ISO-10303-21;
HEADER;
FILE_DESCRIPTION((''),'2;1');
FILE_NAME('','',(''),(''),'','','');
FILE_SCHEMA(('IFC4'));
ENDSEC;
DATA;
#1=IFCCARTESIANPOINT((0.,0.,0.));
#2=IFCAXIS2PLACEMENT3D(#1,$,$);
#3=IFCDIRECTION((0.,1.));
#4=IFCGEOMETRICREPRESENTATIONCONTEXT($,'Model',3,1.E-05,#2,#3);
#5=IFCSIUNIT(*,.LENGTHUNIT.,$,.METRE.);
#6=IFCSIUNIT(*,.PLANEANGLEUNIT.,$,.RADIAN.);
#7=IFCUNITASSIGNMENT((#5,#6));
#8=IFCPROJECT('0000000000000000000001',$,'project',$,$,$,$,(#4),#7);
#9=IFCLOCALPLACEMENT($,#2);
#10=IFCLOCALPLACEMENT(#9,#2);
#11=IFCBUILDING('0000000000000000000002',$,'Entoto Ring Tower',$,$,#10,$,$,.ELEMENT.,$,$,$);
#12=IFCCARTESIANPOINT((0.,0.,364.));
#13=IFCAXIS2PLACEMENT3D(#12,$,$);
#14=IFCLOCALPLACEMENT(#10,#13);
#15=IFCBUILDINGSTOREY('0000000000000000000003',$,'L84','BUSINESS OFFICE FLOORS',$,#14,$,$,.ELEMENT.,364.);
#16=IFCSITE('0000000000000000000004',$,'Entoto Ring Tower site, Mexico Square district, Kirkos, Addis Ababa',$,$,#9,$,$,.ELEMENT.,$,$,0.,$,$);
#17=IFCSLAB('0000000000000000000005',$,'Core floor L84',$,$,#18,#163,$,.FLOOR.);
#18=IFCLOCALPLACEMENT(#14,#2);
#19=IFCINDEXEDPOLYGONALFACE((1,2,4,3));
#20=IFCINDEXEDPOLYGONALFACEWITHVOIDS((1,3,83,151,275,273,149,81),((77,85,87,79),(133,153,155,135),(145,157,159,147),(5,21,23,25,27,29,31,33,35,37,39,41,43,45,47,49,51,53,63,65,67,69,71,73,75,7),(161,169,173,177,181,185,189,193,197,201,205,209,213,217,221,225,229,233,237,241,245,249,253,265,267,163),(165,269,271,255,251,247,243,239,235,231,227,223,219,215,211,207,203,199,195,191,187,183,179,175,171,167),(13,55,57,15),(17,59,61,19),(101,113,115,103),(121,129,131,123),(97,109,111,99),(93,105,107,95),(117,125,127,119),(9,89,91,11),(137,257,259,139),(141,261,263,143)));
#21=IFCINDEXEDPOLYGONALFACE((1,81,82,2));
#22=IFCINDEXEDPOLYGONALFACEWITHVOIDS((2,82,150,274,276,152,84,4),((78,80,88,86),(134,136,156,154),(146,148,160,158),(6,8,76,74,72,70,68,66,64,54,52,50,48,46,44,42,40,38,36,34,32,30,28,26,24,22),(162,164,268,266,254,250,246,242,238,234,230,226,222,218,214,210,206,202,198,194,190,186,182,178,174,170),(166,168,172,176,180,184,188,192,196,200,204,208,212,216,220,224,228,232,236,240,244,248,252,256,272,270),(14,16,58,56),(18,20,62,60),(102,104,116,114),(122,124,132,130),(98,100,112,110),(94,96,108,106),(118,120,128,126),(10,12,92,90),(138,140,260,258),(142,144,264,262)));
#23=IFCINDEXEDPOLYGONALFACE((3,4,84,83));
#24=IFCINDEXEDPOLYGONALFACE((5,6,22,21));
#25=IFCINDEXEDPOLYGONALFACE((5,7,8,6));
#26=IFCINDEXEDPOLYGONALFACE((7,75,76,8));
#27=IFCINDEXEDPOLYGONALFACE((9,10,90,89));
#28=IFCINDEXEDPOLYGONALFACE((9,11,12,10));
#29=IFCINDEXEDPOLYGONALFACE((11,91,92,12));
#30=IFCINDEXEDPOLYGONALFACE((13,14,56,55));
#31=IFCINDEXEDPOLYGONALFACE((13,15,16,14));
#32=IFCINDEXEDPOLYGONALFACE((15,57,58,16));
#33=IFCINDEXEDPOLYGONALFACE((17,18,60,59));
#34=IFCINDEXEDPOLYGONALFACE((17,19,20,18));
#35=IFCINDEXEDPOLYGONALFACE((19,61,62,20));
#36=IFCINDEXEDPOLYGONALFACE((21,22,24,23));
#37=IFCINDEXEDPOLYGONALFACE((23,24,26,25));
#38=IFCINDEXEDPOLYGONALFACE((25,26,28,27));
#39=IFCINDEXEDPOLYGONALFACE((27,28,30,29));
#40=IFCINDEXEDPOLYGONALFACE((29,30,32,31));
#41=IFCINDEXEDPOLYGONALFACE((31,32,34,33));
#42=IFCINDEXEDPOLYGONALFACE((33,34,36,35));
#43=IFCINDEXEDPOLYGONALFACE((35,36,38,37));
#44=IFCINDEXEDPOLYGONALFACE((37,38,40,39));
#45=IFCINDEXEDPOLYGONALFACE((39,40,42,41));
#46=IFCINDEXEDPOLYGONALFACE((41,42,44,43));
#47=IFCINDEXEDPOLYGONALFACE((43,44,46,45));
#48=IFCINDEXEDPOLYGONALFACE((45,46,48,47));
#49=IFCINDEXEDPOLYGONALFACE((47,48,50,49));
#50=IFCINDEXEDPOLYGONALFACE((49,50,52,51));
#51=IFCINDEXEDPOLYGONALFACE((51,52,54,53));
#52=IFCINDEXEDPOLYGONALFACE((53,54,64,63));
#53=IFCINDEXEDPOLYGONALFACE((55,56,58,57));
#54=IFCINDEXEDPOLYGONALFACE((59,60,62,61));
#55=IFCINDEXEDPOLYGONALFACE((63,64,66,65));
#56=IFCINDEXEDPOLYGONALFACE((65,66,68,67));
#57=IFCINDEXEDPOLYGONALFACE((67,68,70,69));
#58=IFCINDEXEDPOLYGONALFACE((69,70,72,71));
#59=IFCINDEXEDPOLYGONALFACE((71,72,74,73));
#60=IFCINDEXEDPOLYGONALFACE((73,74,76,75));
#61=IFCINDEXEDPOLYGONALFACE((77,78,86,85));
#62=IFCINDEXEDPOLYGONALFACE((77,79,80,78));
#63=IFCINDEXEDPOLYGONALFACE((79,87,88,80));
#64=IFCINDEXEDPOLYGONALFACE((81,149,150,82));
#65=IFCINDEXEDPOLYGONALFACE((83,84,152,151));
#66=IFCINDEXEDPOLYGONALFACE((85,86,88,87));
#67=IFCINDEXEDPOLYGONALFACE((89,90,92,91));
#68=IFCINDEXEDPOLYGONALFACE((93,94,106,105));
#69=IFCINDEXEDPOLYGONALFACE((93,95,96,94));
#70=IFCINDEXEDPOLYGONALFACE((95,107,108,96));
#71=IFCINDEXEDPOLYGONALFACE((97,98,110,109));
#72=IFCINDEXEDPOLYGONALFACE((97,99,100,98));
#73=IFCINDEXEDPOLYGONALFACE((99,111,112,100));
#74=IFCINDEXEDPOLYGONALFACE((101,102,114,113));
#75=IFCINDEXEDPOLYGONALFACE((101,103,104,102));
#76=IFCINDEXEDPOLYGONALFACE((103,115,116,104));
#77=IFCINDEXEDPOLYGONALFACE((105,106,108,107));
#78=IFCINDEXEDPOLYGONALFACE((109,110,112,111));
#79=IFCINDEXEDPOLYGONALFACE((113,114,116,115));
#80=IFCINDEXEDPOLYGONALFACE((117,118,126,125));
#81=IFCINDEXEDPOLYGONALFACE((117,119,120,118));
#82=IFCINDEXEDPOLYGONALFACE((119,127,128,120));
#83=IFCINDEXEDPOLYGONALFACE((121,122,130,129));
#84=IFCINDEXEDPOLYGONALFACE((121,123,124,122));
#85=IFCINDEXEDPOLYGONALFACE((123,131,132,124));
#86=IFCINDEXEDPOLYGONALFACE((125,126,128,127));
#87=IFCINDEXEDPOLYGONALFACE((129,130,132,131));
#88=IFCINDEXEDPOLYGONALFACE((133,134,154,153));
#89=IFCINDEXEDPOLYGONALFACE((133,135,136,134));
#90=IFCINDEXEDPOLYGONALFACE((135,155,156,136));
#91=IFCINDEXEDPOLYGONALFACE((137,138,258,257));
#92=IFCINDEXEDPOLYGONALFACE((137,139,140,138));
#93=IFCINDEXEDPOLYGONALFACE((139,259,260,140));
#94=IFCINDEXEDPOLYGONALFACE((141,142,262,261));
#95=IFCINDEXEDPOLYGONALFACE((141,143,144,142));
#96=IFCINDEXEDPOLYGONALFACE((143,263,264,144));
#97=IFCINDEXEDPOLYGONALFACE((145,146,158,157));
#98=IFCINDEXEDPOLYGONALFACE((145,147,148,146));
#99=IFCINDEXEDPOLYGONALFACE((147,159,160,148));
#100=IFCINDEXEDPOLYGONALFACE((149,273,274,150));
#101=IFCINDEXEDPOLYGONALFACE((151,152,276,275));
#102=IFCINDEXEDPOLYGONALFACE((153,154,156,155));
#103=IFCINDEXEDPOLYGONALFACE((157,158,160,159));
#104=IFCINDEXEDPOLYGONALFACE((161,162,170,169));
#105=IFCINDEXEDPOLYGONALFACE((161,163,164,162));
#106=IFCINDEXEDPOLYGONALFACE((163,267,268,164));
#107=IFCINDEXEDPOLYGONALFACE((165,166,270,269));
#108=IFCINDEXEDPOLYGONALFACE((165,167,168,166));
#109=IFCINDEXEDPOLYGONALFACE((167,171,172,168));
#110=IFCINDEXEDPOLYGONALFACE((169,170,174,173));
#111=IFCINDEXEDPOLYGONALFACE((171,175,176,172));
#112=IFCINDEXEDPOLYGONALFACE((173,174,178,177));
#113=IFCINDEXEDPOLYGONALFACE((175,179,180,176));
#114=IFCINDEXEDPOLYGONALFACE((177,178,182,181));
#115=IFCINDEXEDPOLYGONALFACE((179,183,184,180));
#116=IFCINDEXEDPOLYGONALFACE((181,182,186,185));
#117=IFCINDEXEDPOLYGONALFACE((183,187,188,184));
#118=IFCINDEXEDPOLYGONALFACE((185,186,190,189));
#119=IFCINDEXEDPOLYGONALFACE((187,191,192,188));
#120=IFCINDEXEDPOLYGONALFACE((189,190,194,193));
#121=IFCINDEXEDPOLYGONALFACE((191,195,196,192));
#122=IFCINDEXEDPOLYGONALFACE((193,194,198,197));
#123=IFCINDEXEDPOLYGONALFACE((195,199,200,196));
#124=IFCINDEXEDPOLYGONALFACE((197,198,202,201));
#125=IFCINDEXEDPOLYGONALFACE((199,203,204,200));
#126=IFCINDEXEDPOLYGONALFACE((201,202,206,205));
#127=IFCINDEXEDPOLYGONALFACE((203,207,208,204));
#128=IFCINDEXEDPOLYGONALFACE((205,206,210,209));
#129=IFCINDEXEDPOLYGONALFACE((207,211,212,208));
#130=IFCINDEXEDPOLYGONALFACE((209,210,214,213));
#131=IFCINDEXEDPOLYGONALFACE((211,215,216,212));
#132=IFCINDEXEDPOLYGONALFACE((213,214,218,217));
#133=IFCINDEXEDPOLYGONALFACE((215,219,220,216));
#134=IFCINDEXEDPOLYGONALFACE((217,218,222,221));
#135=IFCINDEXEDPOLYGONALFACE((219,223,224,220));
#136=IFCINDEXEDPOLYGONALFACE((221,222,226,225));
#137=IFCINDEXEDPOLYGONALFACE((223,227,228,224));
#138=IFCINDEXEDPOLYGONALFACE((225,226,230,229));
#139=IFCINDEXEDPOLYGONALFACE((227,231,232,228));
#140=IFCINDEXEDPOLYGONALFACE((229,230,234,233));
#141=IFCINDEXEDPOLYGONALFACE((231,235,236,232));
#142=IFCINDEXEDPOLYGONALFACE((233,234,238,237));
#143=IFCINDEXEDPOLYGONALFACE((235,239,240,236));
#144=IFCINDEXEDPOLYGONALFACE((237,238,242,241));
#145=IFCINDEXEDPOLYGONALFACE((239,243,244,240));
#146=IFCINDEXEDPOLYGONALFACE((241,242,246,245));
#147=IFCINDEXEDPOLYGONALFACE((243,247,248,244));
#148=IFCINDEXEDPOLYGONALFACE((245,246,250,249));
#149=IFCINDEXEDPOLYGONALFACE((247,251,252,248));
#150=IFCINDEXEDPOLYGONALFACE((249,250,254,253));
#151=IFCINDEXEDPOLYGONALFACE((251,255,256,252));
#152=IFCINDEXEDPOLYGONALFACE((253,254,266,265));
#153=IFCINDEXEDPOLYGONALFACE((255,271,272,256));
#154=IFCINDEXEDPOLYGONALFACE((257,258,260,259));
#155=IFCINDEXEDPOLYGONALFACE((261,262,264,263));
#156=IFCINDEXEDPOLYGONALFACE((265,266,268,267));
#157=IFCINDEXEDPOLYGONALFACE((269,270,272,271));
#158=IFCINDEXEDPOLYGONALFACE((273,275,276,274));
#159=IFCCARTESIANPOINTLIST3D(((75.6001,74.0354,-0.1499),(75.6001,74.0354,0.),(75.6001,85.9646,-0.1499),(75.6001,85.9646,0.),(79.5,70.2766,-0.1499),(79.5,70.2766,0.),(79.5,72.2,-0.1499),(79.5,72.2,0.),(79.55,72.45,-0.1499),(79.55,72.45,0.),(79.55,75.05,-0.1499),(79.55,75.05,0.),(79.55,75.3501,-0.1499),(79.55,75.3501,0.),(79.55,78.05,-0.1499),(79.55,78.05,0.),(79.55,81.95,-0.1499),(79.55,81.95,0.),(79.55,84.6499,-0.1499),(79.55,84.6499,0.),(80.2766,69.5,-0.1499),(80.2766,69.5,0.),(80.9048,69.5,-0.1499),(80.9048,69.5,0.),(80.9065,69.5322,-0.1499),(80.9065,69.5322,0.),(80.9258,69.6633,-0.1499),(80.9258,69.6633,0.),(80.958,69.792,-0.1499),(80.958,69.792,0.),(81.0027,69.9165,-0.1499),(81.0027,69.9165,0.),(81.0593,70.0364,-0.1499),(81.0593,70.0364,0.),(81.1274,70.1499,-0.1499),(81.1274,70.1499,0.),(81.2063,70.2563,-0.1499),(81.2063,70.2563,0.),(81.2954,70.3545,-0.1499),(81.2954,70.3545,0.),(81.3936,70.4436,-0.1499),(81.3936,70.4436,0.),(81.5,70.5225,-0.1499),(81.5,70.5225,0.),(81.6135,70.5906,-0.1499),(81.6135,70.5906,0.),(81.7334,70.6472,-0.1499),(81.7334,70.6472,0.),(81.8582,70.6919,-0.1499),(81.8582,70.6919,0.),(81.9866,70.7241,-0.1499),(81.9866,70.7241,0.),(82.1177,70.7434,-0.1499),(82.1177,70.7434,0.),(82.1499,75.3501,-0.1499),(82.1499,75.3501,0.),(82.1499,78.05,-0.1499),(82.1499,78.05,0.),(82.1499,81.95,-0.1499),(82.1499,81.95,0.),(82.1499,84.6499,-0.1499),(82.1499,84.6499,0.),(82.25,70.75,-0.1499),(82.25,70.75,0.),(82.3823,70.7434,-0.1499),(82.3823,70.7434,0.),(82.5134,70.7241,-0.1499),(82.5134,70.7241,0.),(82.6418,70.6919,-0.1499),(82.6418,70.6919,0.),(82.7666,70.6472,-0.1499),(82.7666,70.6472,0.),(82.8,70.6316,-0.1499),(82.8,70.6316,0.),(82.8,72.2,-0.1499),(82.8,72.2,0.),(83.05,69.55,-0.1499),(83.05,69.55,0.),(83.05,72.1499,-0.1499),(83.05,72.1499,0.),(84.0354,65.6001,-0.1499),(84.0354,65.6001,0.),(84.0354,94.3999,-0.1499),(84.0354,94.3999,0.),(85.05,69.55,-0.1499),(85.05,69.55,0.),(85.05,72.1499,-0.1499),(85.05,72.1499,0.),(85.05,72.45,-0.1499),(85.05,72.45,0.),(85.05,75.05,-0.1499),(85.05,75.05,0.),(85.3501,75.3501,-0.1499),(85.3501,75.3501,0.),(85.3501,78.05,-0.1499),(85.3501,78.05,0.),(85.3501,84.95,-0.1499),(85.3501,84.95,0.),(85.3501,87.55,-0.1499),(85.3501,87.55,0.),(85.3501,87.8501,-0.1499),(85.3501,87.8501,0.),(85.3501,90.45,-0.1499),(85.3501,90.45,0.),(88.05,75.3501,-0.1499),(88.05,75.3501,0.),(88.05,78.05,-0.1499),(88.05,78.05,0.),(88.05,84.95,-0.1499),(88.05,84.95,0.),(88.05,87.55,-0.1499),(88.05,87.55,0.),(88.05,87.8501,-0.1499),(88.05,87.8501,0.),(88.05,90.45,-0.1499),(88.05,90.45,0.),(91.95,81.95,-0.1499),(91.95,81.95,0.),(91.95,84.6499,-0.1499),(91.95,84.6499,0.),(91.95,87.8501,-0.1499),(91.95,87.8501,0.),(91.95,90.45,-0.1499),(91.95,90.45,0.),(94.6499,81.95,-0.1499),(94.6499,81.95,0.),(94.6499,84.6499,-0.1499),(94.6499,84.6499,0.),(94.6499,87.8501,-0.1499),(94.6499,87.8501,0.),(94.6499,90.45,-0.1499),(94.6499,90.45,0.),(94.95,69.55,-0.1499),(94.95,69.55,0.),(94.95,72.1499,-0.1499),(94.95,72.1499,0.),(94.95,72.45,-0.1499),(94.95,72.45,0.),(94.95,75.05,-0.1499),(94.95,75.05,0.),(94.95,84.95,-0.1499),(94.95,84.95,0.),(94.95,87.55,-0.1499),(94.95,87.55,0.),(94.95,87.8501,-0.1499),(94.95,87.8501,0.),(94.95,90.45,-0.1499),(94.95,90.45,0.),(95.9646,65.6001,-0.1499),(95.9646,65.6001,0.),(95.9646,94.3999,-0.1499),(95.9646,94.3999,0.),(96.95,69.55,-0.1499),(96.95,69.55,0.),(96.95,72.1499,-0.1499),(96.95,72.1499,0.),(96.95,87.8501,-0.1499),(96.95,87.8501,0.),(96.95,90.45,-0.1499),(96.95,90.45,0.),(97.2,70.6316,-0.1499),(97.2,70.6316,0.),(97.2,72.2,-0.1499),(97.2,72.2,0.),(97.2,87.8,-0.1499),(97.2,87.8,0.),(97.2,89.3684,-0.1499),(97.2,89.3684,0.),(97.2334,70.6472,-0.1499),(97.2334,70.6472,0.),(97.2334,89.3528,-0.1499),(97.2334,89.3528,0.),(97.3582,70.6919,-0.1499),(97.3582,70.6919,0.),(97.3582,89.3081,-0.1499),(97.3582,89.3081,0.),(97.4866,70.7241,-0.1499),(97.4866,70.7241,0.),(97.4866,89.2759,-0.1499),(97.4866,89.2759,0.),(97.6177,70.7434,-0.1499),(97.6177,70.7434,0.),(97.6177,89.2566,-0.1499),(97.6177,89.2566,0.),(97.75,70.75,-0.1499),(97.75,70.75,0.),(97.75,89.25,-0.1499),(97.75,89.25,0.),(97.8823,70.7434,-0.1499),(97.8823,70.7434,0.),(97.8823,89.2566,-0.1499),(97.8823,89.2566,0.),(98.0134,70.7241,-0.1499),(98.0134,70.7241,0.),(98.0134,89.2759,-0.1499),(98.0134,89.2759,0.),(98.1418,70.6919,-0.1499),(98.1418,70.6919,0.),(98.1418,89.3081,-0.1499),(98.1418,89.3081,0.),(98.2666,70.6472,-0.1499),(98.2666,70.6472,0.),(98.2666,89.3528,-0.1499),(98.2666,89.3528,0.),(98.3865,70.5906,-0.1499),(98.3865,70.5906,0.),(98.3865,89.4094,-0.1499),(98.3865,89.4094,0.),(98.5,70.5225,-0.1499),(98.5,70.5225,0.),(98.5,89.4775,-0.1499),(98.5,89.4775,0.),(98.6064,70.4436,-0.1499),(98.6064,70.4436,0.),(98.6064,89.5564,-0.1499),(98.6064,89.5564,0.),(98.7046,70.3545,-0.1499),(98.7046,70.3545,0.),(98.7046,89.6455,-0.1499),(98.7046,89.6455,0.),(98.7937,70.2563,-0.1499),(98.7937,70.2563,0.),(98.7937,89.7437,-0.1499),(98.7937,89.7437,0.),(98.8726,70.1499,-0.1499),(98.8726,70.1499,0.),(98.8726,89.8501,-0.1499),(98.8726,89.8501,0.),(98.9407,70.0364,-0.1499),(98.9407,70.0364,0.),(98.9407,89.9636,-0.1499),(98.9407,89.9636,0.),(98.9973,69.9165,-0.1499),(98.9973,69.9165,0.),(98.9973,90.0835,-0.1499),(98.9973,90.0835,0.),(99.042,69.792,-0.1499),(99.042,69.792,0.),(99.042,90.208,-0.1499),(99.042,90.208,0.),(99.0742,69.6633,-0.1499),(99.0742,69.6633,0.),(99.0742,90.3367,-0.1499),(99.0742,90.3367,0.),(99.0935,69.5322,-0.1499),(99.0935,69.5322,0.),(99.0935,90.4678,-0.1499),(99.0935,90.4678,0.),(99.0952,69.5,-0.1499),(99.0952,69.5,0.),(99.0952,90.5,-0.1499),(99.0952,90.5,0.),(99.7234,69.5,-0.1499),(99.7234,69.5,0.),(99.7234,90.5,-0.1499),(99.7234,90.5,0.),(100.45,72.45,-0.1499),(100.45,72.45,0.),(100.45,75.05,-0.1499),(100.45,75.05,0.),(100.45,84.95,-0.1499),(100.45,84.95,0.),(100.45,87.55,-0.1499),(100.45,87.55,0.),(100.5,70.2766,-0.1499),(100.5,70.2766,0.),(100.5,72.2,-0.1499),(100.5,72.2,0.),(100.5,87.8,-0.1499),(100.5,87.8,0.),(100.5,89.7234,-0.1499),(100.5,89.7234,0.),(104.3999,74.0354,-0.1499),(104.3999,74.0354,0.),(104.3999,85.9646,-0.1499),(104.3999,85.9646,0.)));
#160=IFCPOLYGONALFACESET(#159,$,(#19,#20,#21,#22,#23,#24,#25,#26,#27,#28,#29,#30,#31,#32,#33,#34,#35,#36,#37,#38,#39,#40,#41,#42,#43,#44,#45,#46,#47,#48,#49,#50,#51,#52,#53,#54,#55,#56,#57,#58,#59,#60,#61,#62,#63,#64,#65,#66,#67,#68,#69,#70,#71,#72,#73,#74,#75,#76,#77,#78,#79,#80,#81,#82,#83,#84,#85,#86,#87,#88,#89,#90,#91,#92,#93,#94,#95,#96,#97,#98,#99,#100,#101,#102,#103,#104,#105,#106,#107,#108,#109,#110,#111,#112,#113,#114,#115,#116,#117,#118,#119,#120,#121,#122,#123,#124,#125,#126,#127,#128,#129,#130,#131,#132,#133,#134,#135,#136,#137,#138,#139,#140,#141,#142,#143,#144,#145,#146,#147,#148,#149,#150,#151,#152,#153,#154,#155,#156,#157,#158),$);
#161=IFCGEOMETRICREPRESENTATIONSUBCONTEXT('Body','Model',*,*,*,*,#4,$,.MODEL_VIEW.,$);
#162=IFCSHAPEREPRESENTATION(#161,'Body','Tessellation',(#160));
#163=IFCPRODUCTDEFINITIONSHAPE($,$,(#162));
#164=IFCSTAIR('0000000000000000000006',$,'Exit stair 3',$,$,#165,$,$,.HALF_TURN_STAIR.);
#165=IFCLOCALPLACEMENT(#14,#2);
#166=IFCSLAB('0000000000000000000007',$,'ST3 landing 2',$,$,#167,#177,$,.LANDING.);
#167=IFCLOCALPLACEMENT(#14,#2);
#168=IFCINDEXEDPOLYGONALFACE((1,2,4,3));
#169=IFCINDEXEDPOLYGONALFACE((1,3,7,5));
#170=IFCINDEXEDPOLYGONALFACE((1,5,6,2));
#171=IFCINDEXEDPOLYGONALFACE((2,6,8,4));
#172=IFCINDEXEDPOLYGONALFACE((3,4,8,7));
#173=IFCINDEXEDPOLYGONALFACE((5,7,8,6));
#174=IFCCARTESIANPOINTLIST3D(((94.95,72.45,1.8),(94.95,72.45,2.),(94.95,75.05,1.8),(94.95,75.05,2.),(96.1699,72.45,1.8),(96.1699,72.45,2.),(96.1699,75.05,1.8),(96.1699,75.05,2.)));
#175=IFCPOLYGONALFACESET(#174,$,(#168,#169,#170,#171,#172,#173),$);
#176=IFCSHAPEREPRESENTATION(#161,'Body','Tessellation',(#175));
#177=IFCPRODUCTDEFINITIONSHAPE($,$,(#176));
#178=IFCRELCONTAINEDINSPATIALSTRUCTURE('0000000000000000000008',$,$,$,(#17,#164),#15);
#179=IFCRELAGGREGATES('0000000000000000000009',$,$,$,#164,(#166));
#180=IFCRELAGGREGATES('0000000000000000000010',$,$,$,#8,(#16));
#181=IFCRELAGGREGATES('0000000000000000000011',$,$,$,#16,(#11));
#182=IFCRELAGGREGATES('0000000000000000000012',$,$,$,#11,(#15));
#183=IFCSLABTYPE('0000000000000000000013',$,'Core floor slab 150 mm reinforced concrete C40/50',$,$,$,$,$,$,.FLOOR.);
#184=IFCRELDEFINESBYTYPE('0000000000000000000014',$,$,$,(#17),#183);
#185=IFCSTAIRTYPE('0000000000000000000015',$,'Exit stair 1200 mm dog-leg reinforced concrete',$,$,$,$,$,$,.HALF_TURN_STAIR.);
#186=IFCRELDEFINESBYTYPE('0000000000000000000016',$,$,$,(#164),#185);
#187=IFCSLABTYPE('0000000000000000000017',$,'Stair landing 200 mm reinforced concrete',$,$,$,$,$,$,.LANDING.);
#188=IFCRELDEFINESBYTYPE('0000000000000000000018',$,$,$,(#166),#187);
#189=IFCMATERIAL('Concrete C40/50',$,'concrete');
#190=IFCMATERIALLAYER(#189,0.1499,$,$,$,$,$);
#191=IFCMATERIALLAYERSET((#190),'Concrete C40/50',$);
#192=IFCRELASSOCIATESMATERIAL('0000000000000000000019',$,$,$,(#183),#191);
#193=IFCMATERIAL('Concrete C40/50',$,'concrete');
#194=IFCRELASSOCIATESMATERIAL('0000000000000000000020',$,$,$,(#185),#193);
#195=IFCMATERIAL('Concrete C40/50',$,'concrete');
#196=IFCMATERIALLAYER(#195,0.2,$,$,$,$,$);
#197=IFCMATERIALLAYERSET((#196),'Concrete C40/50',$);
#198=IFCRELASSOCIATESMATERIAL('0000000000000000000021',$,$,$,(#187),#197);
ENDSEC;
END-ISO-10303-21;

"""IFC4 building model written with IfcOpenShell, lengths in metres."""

from ifc_helpers import new_model, si_unit, direction, frame, origin, place, context, subcontext, project, spatial, polyline, outline, extrude, material, layer, layer_set, type_object, element, aggregate, save


model = new_model("IFC4")

# Units and contexts
model_context = context("Model", 3, precision=1e-05, world=origin(), true_north=direction((0.0, 1.0)))
body_context = subcontext(model_context, "Body", "Model", "MODEL_VIEW")
ifc_project = project(units=[si_unit("LENGTHUNIT", "METRE"), si_unit("PLANEANGLEUNIT", "RADIAN")], contexts=[model_context])

# Site, building, storey
site_placement = place(None, origin())
site = spatial("IfcSite", under=ifc_project, at=site_placement, Name="Entoto Ring Tower site, Mexico Square district, Kirkos, Addis Ababa", CompositionType="ELEMENT", RefElevation=0.0)
building_placement = place(site_placement, origin())
building = spatial("IfcBuilding", under=site, at=building_placement, Name="Entoto Ring Tower", CompositionType="ELEMENT")
storey_placement = place(building_placement, frame((0.0, 0.0, 364.0)))
storey = spatial("IfcBuildingStorey", under=building, at=storey_placement, Name="L84", Description="BUSINESS OFFICE FLOORS", CompositionType="ELEMENT", Elevation=364.0)

# Slab
ifc_material_1 = material(Name="Concrete C40/50", Category="concrete")
ifc_layer_1 = layer(ifc_material_1, 0.1499)
ifc_layer_set_1 = layer_set([ifc_layer_1], Name="Concrete C40/50")
slab_type_1 = type_object("IfcSlabType", Name="Core floor slab 150 mm reinforced concrete C40/50", PredefinedType="FLOOR", material=ifc_layer_set_1)
slab_1_placement = place(storey_placement, frame((0.0, 0.0, -0.1499)))
element("IfcSlab", 1, at=slab_1_placement, inside=storey, type_object=slab_type_1, Name="Core floor L84", PredefinedType="FLOOR", context=body_context, shape_type="SweptSolid", body=[
    extrude(outline(polyline([(104.3999, 74.0354), (104.3999, 85.9646), (95.9646, 94.3999), (84.0354, 94.3999), (75.6001, 85.9646), (75.6001, 74.0354), (84.0354, 65.6001), (95.9646, 65.6001), (104.3999, 74.0354)]), holes=[polyline([(100.45, 84.95), (100.45, 87.55), (94.95, 87.55), (94.95, 84.95), (100.45, 84.95)]), polyline([(85.05, 72.45), (85.05, 75.05), (79.55, 75.05), (79.55, 72.45), (85.05, 72.45)]), polyline([(100.45, 72.45), (100.45, 75.05), (94.95, 75.05), (94.95, 72.45), (100.45, 72.45)]), polyline([(94.95, 90.45), (94.95, 87.8501), (96.95, 87.8501), (96.95, 90.45), (94.95, 90.45)]), polyline([(94.95, 72.1499), (94.95, 69.55), (96.95, 69.55), (96.95, 72.1499), (94.95, 72.1499)]), polyline([(83.05, 72.1499), (83.05, 69.55), (85.05, 69.55), (85.05, 72.1499), (83.05, 72.1499)]), polyline([(79.55, 81.95), (82.1499, 81.95), (82.1499, 84.6499), (79.55, 84.6499), (79.55, 81.95)]), polyline([(79.55, 75.3501), (82.1499, 75.3501), (82.1499, 78.05), (79.55, 78.05), (79.55, 75.3501)]), polyline([(91.95, 87.8501), (94.6499, 87.8501), (94.6499, 90.45), (91.95, 90.45), (91.95, 87.8501)]), polyline([(91.95, 81.95), (94.6499, 81.95), (94.6499, 84.6499), (91.95, 84.6499), (91.95, 81.95)]), polyline([(85.3501, 75.3501), (88.05, 75.3501), (88.05, 78.05), (85.3501, 78.05), (85.3501, 75.3501)]), polyline([(85.3501, 84.95), (88.05, 84.95), (88.05, 87.55), (85.3501, 87.55), (85.3501, 84.95)]), polyline([(85.3501, 87.8501), (88.05, 87.8501), (88.05, 90.45), (85.3501, 90.45), (85.3501, 87.8501)]), polyline([(97.2, 89.3684), (97.2, 87.8), (100.5, 87.8), (100.5, 89.7234), (99.7234, 90.5), (99.0952, 90.5), (99.0935, 90.4678), (99.0742, 90.3367), (99.042, 90.208), (98.9973, 90.0835), (98.9407, 89.9636), (98.8726, 89.8501), (98.7937, 89.7437), (98.7046, 89.6455), (98.6064, 89.5564), (98.5, 89.4775), (98.3865, 89.4094), (98.2666, 89.3528), (98.1418, 89.3081), (98.0134, 89.2759), (97.8823, 89.2566), (97.75, 89.25), (97.6177, 89.2566), (97.4866, 89.2759), (97.3582, 89.3081), (97.2334, 89.3528), (97.2, 89.3684)]), polyline([(80.2766, 69.5), (80.9048, 69.5), (80.9065, 69.5322), (80.9258, 69.6633), (80.958, 69.792), (81.0027, 69.9165), (81.0593, 70.0364), (81.1274, 70.1499), (81.2063, 70.2563), (81.2954, 70.3545), (81.3936, 70.4436), (81.5, 70.5225), (81.6135, 70.5906), (81.7334, 70.6472), (81.8582, 70.6919), (81.9866, 70.7241), (82.1177, 70.7434), (82.25, 70.75), (82.3823, 70.7434), (82.5134, 70.7241), (82.6418, 70.6919), (82.7666, 70.6472), (82.8, 70.6316), (82.8, 72.2), (79.5, 72.2), (79.5, 70.2766), (80.2766, 69.5)]), polyline([(99.0952, 69.5), (99.7234, 69.5), (100.5, 70.2766), (100.5, 72.2), (97.2, 72.2), (97.2, 70.6316), (97.2334, 70.6472), (97.3582, 70.6919), (97.4866, 70.7241), (97.6177, 70.7434), (97.75, 70.75), (97.8823, 70.7434), (98.0134, 70.7241), (98.1418, 70.6919), (98.2666, 70.6472), (98.3865, 70.5906), (98.5, 70.5225), (98.6064, 70.4436), (98.7046, 70.3545), (98.7937, 70.2563), (98.8726, 70.1499), (98.9407, 70.0364), (98.9973, 69.9165), (99.042, 69.792), (99.0742, 69.6633), (99.0935, 69.5322), (99.0952, 69.5)])]), origin(), (0.0, 0.0, 1.0), 0.1499),
])

# Stair, slab
ifc_material_2 = material(Name="Concrete C40/50", Category="concrete")
stair_type = type_object("IfcStairType", Name="Exit stair 1200 mm dog-leg reinforced concrete", PredefinedType="HALF_TURN_STAIR", material=ifc_material_2)
stair_placement = place(storey_placement, origin())
stair = element("IfcStair", 2, at=stair_placement, inside=storey, type_object=stair_type, Name="Exit stair 3", PredefinedType="HALF_TURN_STAIR")
ifc_material_3 = material(Name="Concrete C40/50", Category="concrete")
ifc_layer_2 = layer(ifc_material_3, 0.2)
ifc_layer_set_2 = layer_set([ifc_layer_2], Name="Concrete C40/50")
slab_type_2 = type_object("IfcSlabType", Name="Stair landing 200 mm reinforced concrete", PredefinedType="LANDING", material=ifc_layer_set_2)
slab_2_placement = place(storey_placement, frame((0.0, 0.0, 1.8)))
slab_2 = element("IfcSlab", 3, at=slab_2_placement, type_object=slab_type_2, Name="ST3 landing 2", PredefinedType="LANDING", context=body_context, shape_type="SweptSolid", body=[
    extrude(outline(polyline([(94.95, 72.45), (96.1699, 72.45), (96.1699, 75.05), (94.95, 75.05), (94.95, 72.45)])), origin(), (0.0, 0.0, 1.0), 0.2),
])
aggregate(stair, [slab_2])

save(model, "model.ifc")
